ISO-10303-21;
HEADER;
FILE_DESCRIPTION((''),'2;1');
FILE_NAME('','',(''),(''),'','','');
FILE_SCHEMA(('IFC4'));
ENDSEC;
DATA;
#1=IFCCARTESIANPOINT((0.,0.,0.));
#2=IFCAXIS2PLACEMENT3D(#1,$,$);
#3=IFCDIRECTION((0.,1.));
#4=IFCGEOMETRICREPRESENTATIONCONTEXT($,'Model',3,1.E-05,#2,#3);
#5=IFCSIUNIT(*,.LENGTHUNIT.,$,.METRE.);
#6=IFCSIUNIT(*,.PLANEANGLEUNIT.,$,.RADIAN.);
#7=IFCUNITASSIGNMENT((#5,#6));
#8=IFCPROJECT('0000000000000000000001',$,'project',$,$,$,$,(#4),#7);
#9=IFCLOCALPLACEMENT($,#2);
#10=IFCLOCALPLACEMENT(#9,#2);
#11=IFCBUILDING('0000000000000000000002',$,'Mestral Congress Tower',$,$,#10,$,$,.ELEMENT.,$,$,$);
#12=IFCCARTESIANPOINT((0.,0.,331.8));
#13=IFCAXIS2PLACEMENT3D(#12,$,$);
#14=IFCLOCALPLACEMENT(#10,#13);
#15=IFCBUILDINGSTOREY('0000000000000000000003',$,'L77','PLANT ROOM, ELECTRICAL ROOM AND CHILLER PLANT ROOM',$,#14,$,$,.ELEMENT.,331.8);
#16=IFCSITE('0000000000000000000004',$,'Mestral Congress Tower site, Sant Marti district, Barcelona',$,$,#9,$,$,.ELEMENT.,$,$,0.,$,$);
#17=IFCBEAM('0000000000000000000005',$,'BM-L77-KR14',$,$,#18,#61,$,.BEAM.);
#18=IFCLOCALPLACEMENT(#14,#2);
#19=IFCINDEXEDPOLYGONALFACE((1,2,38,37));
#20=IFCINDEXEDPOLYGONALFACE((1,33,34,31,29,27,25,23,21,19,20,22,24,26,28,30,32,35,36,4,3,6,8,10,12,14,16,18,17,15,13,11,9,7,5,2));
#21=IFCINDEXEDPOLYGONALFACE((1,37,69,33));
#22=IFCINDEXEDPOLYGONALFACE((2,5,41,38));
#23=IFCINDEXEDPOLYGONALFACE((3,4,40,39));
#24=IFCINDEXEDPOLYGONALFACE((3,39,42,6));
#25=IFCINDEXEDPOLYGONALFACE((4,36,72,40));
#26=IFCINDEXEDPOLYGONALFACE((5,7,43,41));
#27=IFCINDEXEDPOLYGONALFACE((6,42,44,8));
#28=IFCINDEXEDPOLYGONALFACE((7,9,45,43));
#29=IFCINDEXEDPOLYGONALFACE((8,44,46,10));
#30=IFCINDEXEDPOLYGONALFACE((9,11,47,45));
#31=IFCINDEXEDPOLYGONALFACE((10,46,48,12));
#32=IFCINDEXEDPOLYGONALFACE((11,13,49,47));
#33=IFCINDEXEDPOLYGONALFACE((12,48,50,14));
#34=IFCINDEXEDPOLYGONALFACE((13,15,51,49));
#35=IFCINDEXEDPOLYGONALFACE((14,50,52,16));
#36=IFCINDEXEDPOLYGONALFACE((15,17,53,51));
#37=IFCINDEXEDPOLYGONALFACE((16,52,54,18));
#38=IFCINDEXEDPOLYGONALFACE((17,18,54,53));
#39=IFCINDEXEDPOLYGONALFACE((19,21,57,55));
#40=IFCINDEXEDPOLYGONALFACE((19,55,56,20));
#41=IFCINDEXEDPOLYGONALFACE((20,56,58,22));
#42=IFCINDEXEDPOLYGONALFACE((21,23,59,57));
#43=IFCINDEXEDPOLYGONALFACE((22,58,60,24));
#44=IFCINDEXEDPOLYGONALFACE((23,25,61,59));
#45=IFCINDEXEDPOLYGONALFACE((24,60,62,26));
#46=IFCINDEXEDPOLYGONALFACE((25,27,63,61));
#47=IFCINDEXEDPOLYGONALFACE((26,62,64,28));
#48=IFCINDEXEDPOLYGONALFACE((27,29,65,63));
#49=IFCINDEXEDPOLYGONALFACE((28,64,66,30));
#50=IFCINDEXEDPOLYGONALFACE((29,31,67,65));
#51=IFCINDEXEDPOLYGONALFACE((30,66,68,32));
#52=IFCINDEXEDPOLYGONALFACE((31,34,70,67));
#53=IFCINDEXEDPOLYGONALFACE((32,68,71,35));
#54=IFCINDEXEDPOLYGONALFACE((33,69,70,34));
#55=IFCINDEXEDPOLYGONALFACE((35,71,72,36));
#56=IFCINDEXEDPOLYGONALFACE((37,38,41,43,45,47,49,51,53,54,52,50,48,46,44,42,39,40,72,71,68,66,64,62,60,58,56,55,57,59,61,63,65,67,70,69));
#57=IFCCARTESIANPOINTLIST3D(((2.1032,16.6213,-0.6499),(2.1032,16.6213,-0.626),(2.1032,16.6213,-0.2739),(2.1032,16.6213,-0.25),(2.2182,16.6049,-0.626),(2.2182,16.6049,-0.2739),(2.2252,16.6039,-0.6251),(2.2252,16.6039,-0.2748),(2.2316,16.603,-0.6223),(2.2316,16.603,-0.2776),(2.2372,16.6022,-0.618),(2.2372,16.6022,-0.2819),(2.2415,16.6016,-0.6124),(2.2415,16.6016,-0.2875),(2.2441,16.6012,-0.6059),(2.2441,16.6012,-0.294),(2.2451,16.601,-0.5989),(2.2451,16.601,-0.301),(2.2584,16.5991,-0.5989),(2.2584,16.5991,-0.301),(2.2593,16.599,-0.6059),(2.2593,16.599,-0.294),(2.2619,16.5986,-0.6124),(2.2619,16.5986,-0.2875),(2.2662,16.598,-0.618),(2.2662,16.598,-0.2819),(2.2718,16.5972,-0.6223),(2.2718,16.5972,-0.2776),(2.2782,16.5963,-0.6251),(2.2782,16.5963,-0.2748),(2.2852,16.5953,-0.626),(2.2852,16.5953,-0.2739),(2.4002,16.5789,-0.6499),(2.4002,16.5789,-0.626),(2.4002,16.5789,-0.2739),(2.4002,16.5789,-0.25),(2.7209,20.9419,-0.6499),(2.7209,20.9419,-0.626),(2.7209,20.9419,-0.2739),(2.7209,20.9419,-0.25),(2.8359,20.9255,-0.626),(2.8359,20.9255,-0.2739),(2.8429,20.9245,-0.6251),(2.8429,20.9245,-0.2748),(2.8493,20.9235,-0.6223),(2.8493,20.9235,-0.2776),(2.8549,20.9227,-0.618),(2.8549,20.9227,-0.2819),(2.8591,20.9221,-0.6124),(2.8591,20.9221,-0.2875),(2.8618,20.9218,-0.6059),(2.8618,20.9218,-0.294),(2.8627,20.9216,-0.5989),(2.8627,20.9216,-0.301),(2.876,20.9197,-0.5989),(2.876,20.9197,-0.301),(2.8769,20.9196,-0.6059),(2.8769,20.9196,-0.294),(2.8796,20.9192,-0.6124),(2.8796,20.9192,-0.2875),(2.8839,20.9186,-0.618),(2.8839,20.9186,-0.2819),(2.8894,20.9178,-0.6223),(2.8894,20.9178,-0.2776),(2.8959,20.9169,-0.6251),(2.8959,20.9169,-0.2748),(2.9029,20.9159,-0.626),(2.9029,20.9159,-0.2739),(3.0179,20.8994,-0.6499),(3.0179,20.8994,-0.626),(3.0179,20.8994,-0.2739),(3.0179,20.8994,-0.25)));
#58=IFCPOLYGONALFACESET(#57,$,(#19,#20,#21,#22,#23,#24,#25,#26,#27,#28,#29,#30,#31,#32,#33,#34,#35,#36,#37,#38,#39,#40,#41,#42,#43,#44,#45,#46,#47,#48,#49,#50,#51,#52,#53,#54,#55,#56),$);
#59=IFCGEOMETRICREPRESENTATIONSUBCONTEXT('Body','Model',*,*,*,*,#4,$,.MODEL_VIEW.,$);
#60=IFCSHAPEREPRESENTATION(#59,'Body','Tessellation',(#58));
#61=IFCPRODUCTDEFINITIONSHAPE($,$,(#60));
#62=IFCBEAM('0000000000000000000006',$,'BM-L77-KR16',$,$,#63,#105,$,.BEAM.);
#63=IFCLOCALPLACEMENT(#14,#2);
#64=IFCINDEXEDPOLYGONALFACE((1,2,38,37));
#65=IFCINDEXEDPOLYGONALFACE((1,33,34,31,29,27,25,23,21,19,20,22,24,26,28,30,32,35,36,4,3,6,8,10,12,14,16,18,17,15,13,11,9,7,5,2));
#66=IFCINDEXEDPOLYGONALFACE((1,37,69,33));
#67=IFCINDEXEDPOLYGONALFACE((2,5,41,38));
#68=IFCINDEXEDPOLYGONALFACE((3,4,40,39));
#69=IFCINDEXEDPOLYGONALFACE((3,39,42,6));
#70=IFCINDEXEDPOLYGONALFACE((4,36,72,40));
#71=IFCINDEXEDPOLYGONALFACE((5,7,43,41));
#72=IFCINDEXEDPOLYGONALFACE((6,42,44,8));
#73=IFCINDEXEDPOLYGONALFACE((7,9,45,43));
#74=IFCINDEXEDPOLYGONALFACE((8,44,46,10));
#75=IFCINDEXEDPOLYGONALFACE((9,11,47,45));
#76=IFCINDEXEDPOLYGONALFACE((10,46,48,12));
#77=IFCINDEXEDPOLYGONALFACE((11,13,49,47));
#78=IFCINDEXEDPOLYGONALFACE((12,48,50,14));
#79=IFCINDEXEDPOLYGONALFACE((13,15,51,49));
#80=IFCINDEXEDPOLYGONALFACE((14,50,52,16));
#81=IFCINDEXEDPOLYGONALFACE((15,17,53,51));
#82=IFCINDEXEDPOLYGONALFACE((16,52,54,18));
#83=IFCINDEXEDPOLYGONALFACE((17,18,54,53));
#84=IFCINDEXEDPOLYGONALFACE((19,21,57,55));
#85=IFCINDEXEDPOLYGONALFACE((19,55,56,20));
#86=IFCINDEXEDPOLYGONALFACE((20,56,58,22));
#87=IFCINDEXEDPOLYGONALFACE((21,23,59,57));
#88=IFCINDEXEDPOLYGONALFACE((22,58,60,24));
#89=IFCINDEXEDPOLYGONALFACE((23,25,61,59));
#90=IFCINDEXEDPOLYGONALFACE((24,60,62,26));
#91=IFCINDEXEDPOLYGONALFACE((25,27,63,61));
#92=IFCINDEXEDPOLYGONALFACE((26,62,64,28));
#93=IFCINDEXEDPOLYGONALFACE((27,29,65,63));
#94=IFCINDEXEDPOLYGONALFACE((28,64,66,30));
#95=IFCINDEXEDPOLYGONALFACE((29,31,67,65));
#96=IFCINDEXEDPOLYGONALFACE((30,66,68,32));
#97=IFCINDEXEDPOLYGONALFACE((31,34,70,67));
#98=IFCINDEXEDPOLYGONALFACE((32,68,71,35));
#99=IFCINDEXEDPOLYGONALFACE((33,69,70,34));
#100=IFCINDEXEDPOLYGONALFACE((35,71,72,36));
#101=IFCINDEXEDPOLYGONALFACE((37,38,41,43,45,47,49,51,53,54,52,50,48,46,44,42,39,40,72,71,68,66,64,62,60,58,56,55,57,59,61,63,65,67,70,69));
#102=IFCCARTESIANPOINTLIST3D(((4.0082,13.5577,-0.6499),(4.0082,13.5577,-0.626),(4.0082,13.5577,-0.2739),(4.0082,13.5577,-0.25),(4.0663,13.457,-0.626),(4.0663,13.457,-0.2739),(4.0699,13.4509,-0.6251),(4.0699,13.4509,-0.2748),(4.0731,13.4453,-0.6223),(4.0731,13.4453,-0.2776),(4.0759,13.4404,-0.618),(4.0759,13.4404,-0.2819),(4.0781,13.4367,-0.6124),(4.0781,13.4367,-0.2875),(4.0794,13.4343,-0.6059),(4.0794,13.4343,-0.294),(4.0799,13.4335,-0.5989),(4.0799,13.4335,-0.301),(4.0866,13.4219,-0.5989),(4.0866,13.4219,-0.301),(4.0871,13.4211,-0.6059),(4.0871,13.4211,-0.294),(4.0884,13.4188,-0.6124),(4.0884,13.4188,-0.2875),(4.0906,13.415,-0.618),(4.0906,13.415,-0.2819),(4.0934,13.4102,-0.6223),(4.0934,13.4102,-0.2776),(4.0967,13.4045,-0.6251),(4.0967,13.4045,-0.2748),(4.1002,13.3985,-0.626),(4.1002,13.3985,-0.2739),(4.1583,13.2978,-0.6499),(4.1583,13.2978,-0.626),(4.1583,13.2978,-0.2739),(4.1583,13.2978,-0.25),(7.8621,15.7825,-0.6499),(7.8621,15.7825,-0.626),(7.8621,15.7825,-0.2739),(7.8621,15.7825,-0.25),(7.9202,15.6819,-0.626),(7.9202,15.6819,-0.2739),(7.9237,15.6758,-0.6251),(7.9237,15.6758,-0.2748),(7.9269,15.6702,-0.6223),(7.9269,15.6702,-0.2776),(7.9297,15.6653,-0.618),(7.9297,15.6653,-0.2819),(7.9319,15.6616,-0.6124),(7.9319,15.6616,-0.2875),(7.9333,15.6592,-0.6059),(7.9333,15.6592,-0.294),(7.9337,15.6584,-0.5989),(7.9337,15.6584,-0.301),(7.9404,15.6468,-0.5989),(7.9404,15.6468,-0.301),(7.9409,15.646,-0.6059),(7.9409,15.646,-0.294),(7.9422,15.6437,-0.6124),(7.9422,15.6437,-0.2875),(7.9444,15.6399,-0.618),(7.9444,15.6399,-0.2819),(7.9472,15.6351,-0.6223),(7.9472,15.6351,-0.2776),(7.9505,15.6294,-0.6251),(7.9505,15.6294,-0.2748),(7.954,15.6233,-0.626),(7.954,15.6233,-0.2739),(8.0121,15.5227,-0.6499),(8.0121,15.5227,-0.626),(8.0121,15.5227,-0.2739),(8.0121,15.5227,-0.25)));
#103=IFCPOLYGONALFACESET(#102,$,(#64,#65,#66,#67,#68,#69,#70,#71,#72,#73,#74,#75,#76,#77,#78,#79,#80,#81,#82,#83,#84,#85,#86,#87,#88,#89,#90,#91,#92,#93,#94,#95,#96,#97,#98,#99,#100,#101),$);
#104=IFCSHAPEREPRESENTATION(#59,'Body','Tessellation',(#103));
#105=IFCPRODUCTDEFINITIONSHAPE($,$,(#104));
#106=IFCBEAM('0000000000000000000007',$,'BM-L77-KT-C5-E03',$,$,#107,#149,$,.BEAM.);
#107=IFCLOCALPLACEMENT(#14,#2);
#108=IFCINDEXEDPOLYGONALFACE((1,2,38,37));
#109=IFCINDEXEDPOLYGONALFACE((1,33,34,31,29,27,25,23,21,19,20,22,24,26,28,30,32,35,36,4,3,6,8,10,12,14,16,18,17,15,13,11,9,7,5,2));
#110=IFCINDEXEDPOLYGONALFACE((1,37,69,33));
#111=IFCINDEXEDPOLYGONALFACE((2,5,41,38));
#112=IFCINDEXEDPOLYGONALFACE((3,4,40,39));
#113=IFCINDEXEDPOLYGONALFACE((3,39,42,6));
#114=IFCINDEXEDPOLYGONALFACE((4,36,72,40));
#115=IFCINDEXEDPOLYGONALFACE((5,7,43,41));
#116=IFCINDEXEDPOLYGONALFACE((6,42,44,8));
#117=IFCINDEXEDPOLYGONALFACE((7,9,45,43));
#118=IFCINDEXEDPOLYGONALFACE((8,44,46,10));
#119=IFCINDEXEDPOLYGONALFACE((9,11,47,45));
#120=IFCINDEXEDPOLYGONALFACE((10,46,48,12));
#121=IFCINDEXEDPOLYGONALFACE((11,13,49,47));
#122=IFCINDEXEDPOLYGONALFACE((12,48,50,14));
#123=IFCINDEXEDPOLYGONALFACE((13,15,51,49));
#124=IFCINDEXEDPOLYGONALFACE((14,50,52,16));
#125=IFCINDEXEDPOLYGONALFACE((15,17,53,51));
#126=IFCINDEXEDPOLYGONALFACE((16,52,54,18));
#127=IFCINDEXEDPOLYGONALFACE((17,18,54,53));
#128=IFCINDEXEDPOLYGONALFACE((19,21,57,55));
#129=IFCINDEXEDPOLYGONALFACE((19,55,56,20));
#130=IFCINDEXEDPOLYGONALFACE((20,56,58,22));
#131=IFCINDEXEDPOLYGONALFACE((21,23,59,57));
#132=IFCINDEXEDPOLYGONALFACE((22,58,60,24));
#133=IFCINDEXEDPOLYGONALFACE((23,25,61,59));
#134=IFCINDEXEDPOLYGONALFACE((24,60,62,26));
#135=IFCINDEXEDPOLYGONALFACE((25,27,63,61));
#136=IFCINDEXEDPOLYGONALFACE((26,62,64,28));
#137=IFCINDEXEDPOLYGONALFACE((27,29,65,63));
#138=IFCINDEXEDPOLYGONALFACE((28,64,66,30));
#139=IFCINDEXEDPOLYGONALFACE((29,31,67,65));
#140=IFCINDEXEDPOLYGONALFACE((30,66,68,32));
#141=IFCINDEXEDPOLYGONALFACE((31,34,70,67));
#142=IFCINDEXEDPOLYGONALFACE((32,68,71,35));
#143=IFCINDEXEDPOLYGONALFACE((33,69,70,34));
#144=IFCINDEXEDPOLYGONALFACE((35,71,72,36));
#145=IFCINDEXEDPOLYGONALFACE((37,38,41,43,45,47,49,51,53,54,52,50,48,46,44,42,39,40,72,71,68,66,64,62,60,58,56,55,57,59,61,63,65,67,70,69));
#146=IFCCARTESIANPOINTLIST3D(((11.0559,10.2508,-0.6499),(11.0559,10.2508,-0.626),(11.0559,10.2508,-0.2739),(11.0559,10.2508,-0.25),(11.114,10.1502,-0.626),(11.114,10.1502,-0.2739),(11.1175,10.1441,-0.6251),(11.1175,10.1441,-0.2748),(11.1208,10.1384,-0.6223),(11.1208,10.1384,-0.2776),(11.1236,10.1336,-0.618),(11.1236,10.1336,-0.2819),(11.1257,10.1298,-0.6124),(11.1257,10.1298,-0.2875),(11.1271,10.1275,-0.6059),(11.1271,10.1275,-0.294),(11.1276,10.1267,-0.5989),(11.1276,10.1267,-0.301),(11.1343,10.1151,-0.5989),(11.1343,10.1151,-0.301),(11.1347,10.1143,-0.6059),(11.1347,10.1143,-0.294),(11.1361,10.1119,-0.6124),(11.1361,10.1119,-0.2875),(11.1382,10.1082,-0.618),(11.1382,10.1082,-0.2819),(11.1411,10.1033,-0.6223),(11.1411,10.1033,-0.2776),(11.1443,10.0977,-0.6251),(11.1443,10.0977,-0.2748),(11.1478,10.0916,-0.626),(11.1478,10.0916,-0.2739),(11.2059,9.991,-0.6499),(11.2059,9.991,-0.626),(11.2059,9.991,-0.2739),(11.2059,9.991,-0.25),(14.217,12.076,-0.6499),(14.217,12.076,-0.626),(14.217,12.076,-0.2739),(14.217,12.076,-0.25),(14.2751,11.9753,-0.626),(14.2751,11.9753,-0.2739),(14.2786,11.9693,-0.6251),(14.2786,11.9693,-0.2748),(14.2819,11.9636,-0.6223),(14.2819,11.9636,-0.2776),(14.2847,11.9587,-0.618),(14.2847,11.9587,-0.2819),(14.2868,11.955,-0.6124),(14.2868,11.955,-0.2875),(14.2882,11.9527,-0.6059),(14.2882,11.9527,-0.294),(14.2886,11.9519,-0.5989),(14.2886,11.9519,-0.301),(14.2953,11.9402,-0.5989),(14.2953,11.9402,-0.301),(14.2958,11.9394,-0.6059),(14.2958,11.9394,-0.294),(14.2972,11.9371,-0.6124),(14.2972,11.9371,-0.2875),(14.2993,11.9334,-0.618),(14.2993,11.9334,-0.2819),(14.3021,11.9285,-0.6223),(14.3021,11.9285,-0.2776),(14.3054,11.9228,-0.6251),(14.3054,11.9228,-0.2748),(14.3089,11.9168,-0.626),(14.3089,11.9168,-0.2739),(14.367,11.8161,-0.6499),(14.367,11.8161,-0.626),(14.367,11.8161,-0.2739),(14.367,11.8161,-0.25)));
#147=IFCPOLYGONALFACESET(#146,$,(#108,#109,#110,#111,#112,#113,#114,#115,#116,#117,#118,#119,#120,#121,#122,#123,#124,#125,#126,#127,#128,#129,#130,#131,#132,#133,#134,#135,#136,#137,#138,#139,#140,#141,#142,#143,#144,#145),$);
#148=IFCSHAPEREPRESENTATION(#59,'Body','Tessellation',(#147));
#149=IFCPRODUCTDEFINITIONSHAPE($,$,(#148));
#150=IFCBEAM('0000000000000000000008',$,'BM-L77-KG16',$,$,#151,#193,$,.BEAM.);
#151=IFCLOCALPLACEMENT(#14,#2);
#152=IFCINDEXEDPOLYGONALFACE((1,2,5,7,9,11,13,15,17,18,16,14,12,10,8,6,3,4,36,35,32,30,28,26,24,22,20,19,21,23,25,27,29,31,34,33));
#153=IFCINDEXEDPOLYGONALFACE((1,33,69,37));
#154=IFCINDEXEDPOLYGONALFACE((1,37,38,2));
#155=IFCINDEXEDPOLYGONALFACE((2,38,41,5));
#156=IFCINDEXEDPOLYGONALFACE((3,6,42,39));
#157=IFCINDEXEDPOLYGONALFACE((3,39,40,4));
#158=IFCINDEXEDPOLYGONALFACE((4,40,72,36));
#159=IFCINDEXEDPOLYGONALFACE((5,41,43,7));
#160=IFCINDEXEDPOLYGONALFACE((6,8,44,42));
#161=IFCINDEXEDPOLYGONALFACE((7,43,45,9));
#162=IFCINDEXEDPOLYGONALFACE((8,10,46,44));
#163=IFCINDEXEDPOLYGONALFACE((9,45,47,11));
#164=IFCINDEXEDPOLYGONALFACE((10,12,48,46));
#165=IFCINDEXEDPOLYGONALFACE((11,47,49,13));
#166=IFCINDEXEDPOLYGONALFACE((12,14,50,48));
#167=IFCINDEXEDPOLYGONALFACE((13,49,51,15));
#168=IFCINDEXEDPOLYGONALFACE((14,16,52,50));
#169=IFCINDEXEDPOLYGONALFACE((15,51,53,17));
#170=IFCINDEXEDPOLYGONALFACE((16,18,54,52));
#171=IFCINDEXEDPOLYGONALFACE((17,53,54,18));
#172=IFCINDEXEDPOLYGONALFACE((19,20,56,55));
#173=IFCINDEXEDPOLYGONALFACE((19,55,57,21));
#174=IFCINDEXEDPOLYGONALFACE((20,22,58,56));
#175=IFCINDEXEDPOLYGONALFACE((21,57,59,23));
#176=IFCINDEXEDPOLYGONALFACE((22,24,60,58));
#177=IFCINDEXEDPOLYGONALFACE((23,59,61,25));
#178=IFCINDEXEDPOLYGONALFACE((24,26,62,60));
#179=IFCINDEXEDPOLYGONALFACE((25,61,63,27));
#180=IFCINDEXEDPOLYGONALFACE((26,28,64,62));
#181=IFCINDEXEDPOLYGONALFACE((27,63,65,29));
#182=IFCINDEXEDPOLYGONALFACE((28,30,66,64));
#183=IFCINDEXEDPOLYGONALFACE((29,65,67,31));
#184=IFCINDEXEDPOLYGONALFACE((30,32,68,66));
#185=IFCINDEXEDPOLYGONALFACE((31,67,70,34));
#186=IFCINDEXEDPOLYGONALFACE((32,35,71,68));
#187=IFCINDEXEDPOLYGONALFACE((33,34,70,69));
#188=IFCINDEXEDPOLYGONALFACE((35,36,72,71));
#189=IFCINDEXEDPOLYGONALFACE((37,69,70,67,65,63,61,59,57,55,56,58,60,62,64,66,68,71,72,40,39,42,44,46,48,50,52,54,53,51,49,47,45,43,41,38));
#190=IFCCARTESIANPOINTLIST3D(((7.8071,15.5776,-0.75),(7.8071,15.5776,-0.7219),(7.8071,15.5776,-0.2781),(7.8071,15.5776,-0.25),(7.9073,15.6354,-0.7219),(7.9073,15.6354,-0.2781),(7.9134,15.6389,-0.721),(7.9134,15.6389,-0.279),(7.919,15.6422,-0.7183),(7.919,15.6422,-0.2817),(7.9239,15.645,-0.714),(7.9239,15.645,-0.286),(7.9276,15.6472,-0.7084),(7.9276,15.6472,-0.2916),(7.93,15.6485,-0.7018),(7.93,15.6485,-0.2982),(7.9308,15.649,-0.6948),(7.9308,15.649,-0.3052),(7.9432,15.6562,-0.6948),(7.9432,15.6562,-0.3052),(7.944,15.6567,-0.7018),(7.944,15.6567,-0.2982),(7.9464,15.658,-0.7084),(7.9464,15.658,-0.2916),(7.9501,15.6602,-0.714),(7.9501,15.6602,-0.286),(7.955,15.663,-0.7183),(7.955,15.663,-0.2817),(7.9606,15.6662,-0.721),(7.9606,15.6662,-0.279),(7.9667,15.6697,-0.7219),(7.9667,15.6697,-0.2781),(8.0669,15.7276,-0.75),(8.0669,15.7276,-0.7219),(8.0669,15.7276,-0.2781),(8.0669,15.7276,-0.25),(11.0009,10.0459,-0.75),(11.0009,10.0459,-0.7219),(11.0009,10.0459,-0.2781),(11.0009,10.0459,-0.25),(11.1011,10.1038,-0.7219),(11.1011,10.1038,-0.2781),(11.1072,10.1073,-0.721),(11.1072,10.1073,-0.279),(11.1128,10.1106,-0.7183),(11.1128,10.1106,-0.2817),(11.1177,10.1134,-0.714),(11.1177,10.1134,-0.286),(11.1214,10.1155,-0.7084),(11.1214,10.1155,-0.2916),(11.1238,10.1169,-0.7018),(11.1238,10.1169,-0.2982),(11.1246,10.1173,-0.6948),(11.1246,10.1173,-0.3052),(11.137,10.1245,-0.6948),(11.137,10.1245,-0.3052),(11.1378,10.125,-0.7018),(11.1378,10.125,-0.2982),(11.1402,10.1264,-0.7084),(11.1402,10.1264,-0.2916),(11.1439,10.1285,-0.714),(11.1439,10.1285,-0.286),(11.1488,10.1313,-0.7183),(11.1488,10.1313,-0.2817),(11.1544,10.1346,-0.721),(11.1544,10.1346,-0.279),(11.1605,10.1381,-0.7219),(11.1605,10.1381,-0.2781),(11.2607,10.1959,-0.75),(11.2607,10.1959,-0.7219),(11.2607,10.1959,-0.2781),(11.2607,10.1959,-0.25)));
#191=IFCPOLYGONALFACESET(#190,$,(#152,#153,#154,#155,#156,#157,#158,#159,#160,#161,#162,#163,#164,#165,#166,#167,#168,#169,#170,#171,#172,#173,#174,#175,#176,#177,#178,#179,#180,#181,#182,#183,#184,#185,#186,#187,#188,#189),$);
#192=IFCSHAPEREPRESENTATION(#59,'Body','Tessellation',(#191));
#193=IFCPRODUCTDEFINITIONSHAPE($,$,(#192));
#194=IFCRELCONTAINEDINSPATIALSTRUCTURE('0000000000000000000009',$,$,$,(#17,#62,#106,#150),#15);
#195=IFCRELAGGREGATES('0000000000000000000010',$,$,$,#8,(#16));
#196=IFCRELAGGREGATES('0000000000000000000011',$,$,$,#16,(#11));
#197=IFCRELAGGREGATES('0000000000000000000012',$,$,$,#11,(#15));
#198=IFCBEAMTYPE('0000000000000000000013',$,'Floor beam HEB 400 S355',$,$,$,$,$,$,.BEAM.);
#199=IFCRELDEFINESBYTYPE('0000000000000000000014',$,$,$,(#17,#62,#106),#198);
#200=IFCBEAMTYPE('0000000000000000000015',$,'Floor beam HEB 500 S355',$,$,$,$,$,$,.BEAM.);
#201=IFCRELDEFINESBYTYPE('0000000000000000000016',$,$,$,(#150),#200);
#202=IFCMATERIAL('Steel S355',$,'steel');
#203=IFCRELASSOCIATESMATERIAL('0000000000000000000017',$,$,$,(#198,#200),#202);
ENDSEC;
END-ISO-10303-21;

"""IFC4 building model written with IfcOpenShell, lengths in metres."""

from ifc_helpers import new_model, si_unit, direction, frame, origin, origin_2d, place, context, subcontext, project, spatial, i_section, extrude, material, material_profile, profile_set, type_object, element, save


model = new_model("IFC4")

# Units and contexts
model_context = context("Model", 3, precision=1e-05, world=origin(), true_north=direction((0.0, 1.0)))
body_context = subcontext(model_context, "Body", "Model", "MODEL_VIEW")
ifc_project = project(units=[si_unit("LENGTHUNIT", "METRE"), si_unit("PLANEANGLEUNIT", "RADIAN")], contexts=[model_context])

# Site, building, storey
site_placement = place(None, origin())
site = spatial("IfcSite", under=ifc_project, at=site_placement, Name="Mestral Congress Tower site, Sant Marti district, Barcelona", CompositionType="ELEMENT", RefElevation=0.0)
building_placement = place(site_placement, origin())
building = spatial("IfcBuilding", under=site, at=building_placement, Name="Mestral Congress Tower", CompositionType="ELEMENT")
storey_placement = place(building_placement, frame((0.0, 0.0, 331.8)))
storey = spatial("IfcBuildingStorey", under=building, at=storey_placement, Name="L77", Description="PLANT ROOM, ELECTRICAL ROOM AND CHILLER PLANT ROOM", CompositionType="ELEMENT", Elevation=331.8)

# Shared definitions
ifc_material_1 = material(Name="Steel S355", Category="steel")

# Beams
ifc_material_profile_1 = material_profile(ifc_material_1, i_section(OverallWidth=0.3, OverallDepth=0.3999, WebThickness=0.0134, FlangeThickness=0.0239, FilletRadius=0.0271, at=origin_2d()), Name="HEB 400")
ifc_profile_set_1 = profile_set([ifc_material_profile_1], Name="Steel S355")
beam_type_1 = type_object("IfcBeamType", Name="Floor beam HEB 400 S355", PredefinedType="BEAM", material=ifc_profile_set_1)
beam_1_placement = place(storey_placement, frame((2.2517, 16.6001, -0.45), z_axis=(0.141523, 0.989935, 0.0), x_axis=(-0.989935, 0.141523, 0.0)))
element("IfcBeam", 1, at=beam_1_placement, inside=storey, type_object=beam_type_1, Name="BM-L77-KR14", PredefinedType="BEAM", context=body_context, shape_type="SweptSolid", body=[
    extrude(i_section(OverallWidth=0.3, OverallDepth=0.3999, WebThickness=0.0134, FlangeThickness=0.0239, FilletRadius=0.0271, at=origin_2d()), origin(), (0.0, 0.0, 1.0), 4.3645),
])
beam_2_placement = place(storey_placement, frame((4.0833, 13.4277, -0.45), z_axis=(0.866037, 0.49998, 0.0), x_axis=(-0.49998, 0.866037, 0.0)))
element("IfcBeam", 2, at=beam_2_placement, inside=storey, type_object=beam_type_1, Name="BM-L77-KR16", PredefinedType="BEAM", context=body_context, shape_type="SweptSolid", body=[
    extrude(i_section(OverallWidth=0.3, OverallDepth=0.3999, WebThickness=0.0134, FlangeThickness=0.0239, FilletRadius=0.0271, at=origin_2d()), origin(), (0.0, 0.0, 1.0), 4.45),
])
beam_3_placement = place(storey_placement, frame((14.292, 11.946, -0.45), z_axis=(-0.866012, -0.500024, 0.0), x_axis=(0.500024, -0.866012, 0.0)))
element("IfcBeam", 3, at=beam_3_placement, inside=storey, type_object=beam_type_1, Name="BM-L77-KT-C5-E03", PredefinedType="BEAM", context=body_context, shape_type="SweptSolid", body=[
    extrude(i_section(OverallWidth=0.3, OverallDepth=0.3999, WebThickness=0.0134, FlangeThickness=0.0239, FilletRadius=0.0271, at=origin_2d()), origin(), (0.0, 0.0, 1.0), 3.6501),
])
ifc_material_profile_2 = material_profile(ifc_material_1, i_section(OverallWidth=0.3, OverallDepth=0.5, WebThickness=0.0144, FlangeThickness=0.0281, FilletRadius=0.0271, at=origin_2d()), Name="HEB 500")
ifc_profile_set_2 = profile_set([ifc_material_profile_2], Name="Steel S355")
beam_type_2 = type_object("IfcBeamType", Name="Floor beam HEB 500 S355", PredefinedType="BEAM", material=ifc_profile_set_2)
beam_4_placement = place(storey_placement, frame((7.937, 15.6526, -0.5), z_axis=(0.500011, -0.866019, 0.0), x_axis=(0.866019, 0.500011, 0.0)))
element("IfcBeam", 4, at=beam_4_placement, inside=storey, type_object=beam_type_2, Name="BM-L77-KG16", PredefinedType="BEAM", context=body_context, shape_type="SweptSolid", body=[
    extrude(i_section(OverallWidth=0.3, OverallDepth=0.5, WebThickness=0.0144, FlangeThickness=0.0281, FilletRadius=0.0271, at=origin_2d()), origin(), (0.0, 0.0, 1.0), 6.3875),
])

save(model, "model.ifc")
